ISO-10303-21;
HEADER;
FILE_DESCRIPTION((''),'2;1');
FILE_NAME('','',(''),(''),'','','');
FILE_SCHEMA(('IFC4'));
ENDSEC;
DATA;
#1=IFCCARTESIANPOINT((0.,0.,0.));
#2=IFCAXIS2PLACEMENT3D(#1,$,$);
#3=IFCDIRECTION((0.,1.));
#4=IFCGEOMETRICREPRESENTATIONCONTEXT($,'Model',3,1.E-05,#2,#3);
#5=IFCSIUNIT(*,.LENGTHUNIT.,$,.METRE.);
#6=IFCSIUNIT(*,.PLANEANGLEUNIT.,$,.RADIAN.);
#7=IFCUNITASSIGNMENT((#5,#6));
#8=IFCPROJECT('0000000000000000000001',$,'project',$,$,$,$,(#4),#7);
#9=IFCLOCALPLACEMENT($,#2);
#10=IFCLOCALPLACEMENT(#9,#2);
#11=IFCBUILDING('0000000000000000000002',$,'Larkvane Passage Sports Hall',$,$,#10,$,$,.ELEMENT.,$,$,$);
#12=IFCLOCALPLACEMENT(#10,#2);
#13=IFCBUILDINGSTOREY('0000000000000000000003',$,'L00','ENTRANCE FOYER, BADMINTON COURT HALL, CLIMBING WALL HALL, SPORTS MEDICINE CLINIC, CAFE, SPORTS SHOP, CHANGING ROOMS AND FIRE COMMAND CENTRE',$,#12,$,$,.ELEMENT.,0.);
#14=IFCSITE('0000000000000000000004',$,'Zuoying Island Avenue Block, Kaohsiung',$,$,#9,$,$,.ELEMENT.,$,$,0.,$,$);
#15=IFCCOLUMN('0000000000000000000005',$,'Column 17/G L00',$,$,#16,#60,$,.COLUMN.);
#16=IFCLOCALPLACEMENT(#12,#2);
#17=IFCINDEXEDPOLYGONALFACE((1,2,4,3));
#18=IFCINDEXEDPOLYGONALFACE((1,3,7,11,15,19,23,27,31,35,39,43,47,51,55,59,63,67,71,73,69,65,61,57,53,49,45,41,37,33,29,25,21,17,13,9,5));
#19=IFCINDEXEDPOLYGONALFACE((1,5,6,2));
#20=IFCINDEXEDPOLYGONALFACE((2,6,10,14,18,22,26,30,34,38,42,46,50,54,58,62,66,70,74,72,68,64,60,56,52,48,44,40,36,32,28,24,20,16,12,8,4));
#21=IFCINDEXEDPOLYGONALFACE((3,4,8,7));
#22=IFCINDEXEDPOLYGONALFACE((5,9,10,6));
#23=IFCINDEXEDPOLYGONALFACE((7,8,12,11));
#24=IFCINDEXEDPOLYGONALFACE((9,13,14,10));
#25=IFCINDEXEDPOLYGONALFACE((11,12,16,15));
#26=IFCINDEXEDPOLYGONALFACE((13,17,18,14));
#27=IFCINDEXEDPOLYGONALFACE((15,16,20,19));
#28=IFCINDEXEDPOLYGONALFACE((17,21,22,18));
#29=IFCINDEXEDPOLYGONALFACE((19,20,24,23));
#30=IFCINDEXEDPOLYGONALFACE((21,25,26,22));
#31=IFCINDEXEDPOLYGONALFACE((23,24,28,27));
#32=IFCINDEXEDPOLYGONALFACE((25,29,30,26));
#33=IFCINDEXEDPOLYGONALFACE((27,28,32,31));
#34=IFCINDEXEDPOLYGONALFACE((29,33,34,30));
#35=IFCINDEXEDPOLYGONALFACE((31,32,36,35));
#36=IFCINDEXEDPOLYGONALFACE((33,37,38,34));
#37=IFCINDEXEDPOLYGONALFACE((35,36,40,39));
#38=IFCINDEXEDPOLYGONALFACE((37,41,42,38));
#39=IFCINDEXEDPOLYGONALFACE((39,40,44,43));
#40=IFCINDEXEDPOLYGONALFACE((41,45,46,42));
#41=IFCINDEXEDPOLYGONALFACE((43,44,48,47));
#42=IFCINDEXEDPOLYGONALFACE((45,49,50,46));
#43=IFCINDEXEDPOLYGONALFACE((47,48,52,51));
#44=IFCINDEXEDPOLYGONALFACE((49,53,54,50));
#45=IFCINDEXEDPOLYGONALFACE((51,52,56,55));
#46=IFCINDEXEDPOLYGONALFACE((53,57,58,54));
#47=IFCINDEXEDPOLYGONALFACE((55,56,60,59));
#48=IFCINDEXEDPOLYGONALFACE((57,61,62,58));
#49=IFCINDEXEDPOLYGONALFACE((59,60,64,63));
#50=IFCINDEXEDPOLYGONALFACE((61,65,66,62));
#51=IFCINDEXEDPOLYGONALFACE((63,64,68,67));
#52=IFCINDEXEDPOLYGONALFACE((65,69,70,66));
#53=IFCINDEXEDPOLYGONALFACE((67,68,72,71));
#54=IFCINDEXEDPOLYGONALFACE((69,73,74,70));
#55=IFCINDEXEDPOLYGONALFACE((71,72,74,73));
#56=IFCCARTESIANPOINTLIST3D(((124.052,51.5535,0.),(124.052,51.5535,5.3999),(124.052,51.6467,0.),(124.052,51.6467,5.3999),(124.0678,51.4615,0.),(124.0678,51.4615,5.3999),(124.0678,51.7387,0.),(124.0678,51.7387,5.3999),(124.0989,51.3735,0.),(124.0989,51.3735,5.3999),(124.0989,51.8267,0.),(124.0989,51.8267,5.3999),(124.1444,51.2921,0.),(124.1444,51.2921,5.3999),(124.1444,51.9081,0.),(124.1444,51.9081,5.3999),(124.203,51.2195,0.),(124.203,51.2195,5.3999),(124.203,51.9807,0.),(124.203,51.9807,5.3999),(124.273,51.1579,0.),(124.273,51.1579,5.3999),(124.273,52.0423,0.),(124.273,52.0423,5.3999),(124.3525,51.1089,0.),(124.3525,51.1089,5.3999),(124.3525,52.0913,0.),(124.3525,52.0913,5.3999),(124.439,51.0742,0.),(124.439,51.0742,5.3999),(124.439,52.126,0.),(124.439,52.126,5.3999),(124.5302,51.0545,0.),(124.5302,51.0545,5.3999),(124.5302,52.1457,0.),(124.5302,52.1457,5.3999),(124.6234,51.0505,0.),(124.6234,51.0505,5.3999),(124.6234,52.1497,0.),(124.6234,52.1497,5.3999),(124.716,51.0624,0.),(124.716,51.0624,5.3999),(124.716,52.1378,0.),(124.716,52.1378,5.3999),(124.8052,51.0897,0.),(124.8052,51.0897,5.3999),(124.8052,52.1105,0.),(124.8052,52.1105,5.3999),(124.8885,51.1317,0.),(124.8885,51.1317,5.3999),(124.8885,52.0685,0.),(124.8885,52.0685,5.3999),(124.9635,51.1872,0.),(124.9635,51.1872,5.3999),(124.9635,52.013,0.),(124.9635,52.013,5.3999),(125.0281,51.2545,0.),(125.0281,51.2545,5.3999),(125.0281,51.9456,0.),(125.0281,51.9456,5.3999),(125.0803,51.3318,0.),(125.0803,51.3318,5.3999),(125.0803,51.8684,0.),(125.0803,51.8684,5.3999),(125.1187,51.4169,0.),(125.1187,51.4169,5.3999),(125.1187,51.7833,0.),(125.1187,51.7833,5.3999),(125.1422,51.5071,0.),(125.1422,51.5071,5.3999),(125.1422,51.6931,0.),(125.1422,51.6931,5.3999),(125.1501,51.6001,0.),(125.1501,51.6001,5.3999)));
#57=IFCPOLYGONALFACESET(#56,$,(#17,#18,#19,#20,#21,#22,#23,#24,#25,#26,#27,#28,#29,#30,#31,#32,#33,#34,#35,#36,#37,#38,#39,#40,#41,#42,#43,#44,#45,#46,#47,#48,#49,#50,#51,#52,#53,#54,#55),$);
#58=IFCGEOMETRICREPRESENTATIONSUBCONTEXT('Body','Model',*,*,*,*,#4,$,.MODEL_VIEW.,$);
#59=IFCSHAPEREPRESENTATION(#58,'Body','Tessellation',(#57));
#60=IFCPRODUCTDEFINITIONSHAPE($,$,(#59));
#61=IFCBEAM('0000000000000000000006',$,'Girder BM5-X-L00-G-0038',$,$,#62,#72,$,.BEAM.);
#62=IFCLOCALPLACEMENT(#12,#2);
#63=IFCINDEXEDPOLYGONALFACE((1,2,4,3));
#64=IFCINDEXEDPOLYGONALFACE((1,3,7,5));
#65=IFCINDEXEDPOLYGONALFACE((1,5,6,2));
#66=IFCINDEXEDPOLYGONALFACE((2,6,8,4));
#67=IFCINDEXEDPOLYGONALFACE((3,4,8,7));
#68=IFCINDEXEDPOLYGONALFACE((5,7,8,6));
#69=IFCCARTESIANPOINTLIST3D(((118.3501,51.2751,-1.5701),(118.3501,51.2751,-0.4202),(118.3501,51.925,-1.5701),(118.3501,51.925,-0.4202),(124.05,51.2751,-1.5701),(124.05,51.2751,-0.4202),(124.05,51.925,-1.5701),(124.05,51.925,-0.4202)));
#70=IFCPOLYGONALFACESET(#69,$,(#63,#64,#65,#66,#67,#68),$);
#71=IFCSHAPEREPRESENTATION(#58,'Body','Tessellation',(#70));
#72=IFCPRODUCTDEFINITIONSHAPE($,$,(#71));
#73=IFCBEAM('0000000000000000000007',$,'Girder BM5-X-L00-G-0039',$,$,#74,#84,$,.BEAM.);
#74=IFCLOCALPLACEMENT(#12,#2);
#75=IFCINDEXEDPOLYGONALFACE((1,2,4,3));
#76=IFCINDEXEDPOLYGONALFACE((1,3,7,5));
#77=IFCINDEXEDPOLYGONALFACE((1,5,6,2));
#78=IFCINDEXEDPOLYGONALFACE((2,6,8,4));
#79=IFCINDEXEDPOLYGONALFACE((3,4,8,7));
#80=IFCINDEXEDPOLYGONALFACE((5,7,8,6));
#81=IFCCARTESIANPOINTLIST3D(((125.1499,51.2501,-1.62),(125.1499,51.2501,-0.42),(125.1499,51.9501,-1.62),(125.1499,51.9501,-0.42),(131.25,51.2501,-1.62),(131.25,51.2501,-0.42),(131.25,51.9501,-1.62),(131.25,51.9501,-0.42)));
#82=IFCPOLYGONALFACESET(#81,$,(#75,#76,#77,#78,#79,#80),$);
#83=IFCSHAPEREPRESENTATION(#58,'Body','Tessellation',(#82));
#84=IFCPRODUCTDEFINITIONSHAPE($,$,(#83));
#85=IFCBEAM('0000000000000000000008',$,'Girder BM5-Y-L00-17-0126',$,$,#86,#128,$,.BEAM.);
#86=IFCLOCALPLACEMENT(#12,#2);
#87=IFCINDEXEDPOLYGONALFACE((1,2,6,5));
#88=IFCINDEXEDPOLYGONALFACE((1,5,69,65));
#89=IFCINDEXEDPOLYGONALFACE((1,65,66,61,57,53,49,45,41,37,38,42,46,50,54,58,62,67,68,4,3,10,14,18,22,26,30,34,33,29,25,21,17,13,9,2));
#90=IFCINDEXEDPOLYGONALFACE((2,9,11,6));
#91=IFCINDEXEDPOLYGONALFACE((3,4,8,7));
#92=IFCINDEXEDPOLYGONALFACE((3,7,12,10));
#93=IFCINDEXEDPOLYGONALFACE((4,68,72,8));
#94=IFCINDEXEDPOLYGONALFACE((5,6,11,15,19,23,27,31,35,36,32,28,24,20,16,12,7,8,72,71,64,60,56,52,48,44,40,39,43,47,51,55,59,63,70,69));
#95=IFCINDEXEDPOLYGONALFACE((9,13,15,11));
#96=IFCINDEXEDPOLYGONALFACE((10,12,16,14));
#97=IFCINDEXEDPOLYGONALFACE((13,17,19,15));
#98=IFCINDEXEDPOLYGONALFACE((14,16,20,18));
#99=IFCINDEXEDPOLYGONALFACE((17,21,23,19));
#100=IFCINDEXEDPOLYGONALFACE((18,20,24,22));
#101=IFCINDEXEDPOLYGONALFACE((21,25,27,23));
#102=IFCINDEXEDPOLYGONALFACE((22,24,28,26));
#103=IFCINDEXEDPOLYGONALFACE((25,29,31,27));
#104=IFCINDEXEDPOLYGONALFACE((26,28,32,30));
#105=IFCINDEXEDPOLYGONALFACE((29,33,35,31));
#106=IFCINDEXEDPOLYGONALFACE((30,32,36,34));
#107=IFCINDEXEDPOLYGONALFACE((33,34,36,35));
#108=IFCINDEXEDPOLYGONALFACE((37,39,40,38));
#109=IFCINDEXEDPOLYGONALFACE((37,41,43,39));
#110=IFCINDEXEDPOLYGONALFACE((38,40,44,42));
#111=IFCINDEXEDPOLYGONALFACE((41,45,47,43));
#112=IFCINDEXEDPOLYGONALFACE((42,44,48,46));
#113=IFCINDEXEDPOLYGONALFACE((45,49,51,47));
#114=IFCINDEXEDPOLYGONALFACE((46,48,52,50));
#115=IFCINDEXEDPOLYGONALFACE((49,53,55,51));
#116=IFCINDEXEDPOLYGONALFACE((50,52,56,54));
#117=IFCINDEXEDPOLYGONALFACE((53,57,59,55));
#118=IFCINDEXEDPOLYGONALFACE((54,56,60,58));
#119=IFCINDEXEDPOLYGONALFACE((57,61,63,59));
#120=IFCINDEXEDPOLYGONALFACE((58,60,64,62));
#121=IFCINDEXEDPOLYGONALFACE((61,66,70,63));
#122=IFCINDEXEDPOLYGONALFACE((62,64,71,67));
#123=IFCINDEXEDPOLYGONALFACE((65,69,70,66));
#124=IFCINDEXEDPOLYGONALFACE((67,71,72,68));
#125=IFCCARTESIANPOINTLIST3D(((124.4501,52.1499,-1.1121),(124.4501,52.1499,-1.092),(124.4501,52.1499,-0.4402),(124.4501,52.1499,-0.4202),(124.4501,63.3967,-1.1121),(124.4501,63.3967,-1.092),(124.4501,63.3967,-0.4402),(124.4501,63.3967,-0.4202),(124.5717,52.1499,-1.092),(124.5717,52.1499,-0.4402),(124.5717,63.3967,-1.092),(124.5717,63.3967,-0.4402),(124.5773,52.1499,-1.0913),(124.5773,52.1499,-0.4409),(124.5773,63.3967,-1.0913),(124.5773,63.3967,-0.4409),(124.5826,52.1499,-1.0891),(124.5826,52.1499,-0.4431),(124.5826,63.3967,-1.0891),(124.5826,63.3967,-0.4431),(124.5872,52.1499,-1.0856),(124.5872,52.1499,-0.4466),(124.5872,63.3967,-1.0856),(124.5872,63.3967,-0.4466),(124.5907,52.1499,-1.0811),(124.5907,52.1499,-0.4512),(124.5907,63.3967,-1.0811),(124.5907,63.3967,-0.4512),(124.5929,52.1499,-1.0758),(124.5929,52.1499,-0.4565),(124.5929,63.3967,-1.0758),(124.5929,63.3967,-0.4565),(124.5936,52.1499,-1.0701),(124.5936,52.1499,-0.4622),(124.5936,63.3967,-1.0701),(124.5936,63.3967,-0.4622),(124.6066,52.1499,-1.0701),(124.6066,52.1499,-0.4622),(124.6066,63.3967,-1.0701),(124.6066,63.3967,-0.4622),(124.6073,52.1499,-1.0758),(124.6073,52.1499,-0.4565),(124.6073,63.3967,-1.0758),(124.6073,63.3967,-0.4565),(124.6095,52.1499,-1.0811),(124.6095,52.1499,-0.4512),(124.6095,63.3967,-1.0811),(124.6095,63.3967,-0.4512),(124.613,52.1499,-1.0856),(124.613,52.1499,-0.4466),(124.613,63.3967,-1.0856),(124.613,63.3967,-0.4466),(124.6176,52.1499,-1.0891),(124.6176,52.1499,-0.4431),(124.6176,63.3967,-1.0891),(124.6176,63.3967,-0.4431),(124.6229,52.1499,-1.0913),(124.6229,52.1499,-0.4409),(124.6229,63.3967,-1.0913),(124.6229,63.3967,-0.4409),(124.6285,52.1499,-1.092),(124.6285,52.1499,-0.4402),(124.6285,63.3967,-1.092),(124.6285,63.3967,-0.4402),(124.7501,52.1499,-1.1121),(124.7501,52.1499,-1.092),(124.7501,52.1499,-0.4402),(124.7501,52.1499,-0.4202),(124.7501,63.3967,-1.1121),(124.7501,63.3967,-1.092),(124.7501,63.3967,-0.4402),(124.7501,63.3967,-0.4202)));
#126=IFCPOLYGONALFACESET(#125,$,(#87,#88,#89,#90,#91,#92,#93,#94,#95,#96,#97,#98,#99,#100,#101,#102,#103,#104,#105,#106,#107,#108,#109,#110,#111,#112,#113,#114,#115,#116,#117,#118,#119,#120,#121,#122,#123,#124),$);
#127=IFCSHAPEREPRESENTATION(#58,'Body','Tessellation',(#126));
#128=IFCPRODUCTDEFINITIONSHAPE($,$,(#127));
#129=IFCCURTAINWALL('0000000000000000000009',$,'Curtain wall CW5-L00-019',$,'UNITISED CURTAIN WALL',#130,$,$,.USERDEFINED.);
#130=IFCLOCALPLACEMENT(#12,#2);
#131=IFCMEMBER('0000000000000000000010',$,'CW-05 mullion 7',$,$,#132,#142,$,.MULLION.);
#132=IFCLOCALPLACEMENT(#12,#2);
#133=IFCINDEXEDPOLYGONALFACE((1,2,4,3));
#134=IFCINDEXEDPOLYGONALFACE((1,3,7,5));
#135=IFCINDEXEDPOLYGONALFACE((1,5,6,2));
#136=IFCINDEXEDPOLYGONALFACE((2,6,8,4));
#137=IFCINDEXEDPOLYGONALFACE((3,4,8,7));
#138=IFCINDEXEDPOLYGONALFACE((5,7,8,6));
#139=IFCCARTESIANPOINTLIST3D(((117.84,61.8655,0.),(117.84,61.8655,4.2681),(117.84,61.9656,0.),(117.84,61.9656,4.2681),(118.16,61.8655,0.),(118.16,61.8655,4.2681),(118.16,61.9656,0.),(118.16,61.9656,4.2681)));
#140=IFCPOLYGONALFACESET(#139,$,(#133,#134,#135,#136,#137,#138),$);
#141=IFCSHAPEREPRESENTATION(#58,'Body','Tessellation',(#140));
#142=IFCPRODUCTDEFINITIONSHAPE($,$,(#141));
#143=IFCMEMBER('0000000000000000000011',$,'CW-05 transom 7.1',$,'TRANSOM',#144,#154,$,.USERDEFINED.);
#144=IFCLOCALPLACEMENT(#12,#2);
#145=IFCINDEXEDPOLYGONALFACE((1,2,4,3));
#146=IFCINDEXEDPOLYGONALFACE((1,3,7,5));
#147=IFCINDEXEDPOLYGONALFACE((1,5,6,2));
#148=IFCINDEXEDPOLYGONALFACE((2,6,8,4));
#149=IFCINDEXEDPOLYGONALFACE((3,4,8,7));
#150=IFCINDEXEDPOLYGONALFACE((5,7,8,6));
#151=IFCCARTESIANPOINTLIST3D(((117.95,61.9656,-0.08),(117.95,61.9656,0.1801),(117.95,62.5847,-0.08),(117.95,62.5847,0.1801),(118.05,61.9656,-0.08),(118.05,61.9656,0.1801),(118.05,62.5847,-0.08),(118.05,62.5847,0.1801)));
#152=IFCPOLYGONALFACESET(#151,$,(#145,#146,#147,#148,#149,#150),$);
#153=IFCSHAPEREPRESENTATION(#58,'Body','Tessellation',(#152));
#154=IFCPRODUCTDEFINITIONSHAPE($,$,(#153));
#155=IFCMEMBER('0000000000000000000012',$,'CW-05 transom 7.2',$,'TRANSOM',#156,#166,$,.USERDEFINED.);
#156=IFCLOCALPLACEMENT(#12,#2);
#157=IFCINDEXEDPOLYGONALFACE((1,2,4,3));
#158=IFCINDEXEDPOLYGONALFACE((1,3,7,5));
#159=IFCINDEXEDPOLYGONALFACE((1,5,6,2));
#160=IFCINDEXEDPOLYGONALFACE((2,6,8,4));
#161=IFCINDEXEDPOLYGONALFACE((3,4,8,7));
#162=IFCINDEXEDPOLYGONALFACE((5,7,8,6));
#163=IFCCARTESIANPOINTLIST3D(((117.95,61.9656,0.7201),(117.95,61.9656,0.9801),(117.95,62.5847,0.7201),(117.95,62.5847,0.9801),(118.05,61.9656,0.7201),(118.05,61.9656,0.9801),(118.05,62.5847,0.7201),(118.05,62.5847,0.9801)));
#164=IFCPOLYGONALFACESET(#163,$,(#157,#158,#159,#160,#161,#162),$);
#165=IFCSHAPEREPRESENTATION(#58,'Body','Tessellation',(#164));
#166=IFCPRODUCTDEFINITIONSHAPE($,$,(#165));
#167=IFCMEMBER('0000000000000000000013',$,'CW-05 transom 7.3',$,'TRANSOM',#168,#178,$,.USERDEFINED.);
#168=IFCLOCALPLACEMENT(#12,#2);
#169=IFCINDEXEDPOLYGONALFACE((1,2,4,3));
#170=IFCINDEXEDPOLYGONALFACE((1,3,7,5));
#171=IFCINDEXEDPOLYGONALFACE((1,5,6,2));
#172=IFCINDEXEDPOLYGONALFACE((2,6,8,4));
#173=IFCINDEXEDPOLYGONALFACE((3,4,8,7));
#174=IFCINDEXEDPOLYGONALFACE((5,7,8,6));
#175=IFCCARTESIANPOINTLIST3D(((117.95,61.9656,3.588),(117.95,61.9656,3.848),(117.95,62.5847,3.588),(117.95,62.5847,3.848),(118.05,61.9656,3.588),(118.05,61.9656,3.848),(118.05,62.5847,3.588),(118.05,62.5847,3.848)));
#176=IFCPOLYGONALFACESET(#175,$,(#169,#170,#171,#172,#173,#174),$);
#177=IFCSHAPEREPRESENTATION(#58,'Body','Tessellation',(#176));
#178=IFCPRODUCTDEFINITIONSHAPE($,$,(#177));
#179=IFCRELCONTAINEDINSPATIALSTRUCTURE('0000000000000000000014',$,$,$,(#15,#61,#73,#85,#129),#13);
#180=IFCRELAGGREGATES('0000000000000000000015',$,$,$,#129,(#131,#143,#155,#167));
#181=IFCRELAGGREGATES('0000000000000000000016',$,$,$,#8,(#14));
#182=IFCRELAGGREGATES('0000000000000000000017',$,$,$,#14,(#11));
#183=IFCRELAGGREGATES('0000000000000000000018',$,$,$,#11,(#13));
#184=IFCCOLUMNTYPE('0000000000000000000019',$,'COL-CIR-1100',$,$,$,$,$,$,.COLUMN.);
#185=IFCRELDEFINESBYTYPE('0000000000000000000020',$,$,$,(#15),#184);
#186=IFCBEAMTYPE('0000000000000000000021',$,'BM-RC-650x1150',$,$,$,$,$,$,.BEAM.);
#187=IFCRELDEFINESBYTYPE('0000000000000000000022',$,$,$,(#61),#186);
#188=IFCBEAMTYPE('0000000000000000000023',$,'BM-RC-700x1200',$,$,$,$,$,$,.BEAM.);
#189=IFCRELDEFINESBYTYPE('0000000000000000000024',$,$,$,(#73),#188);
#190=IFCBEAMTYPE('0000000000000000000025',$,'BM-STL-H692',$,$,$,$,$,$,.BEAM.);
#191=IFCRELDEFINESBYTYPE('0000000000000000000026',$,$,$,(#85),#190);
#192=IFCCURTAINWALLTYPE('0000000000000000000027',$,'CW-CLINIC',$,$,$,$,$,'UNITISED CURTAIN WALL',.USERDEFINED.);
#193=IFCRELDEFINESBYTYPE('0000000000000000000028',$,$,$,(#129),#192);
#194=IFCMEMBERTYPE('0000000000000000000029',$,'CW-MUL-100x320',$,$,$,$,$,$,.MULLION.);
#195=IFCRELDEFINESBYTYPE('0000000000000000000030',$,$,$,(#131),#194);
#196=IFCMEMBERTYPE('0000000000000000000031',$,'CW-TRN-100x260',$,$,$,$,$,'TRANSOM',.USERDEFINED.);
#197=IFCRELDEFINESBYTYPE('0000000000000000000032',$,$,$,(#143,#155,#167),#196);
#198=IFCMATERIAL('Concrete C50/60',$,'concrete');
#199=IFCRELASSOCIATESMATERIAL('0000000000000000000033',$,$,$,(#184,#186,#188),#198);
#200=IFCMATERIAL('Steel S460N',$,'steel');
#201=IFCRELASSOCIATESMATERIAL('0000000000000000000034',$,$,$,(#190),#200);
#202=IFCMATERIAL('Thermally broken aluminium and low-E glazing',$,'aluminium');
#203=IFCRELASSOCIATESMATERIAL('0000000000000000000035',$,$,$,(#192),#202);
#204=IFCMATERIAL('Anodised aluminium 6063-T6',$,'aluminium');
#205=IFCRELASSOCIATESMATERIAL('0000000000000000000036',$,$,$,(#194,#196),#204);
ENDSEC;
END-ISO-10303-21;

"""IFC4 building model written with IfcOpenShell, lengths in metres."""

from ifc_helpers import new_model, si_unit, direction, frame, origin, origin_2d, place, context, subcontext, project, spatial, rectangle, circle, i_section, extrude, material, material_profile, profile_set, type_object, element, aggregate, save


model = new_model("IFC4")

# Units and contexts
model_context = context("Model", 3, precision=1e-05, world=origin(), true_north=direction((0.0, 1.0)))
body_context = subcontext(model_context, "Body", "Model", "MODEL_VIEW")
ifc_project = project(units=[si_unit("LENGTHUNIT", "METRE"), si_unit("PLANEANGLEUNIT", "RADIAN")], contexts=[model_context])

# Site, building, storey
site_placement = place(None, origin())
site = spatial("IfcSite", under=ifc_project, at=site_placement, Name="Zuoying Island Avenue Block, Kaohsiung", CompositionType="ELEMENT", RefElevation=0.0)
building_placement = place(site_placement, origin())
building = spatial("IfcBuilding", under=site, at=building_placement, Name="Larkvane Passage Sports Hall", CompositionType="ELEMENT")
storey_placement = place(building_placement, origin())
storey = spatial("IfcBuildingStorey", under=building, at=storey_placement, Name="L00", Description="ENTRANCE FOYER, BADMINTON COURT HALL, CLIMBING WALL HALL, SPORTS MEDICINE CLINIC, CAFE, SPORTS SHOP, CHANGING ROOMS AND FIRE COMMAND CENTRE", CompositionType="ELEMENT", Elevation=0.0)

# Column
ifc_material_1 = material(Name="Concrete C50/60", Category="concrete")
ifc_material_profile_1 = material_profile(ifc_material_1, circle(Radius=0.55, at=origin_2d()), Name="RC-CIR-1100")
ifc_profile_set_1 = profile_set([ifc_material_profile_1], Name="Concrete C50/60")
column_type = type_object("IfcColumnType", Name="COL-CIR-1100", PredefinedType="COLUMN", material=ifc_profile_set_1)
column_placement = place(storey_placement, frame((124.6001, 51.6001, 0.0), z_axis=(0.0, 0.0, 1.0), x_axis=(1.0, 0.0, 0.0)))
element("IfcColumn", 1, at=column_placement, inside=storey, type_object=column_type, Name="Column 17/G L00", PredefinedType="COLUMN", context=body_context, shape_type="SweptSolid", body=[
    extrude(circle(Radius=0.55, at=origin_2d()), origin(), (0.0, 0.0, 1.0), 5.3999),
])

# Beams
ifc_material_profile_2 = material_profile(ifc_material_1, rectangle(XDim=0.6499, YDim=1.1499, at=origin_2d()), Name="RC-BM-650x1150")
ifc_profile_set_2 = profile_set([ifc_material_profile_2], Name="Concrete C50/60")
beam_type_1 = type_object("IfcBeamType", Name="BM-RC-650x1150", PredefinedType="BEAM", material=ifc_profile_set_2)
beam_1_placement = place(storey_placement, frame((118.3501, 51.6001, -0.9951), z_axis=(1.0, 0.0, 0.0), x_axis=(0.0, 1.0, 0.0)))
element("IfcBeam", 2, at=beam_1_placement, inside=storey, type_object=beam_type_1, Name="Girder BM5-X-L00-G-0038", PredefinedType="BEAM", context=body_context, shape_type="SweptSolid", body=[
    extrude(rectangle(XDim=0.6499, YDim=1.1499, at=origin_2d()), origin(), (0.0, 0.0, 1.0), 5.7),
])
ifc_material_profile_3 = material_profile(ifc_material_1, rectangle(XDim=0.7, YDim=1.2, at=origin_2d()), Name="RC-BM-700x1200")
ifc_profile_set_3 = profile_set([ifc_material_profile_3], Name="Concrete C50/60")
beam_type_2 = type_object("IfcBeamType", Name="BM-RC-700x1200", PredefinedType="BEAM", material=ifc_profile_set_3)
beam_2_placement = place(storey_placement, frame((125.1499, 51.6001, -1.02), z_axis=(1.0, 0.0, 0.0), x_axis=(0.0, 1.0, 0.0)))
element("IfcBeam", 3, at=beam_2_placement, inside=storey, type_object=beam_type_2, Name="Girder BM5-X-L00-G-0039", PredefinedType="BEAM", context=body_context, shape_type="SweptSolid", body=[
    extrude(rectangle(XDim=0.7, YDim=1.2, at=origin_2d()), origin(), (0.0, 0.0, 1.0), 6.1001),
])
ifc_material_2 = material(Name="Steel S460N", Category="steel")
ifc_material_profile_4 = material_profile(ifc_material_2, i_section(OverallWidth=0.3, OverallDepth=0.6919, WebThickness=0.0129, FlangeThickness=0.02, FilletRadius=0.022, at=origin_2d()), Name="H-692x300x13x20")
ifc_profile_set_4 = profile_set([ifc_material_profile_4], Name="Steel S460N")
beam_type_3 = type_object("IfcBeamType", Name="BM-STL-H692", PredefinedType="BEAM", material=ifc_profile_set_4)
beam_3_placement = place(storey_placement, frame((124.6001, 52.1499, -0.7661), z_axis=(0.0, 1.0, 0.0), x_axis=(-1.0, 0.0, 0.0)))
element("IfcBeam", 4, at=beam_3_placement, inside=storey, type_object=beam_type_3, Name="Girder BM5-Y-L00-17-0126", PredefinedType="BEAM", context=body_context, shape_type="SweptSolid", body=[
    extrude(i_section(OverallWidth=0.3, OverallDepth=0.6919, WebThickness=0.0129, FlangeThickness=0.02, FilletRadius=0.022, at=origin_2d()), origin(), (0.0, 0.0, 1.0), 11.2468),
])

# Curtain wall, members
ifc_material_3 = material(Name="Thermally broken aluminium and low-E glazing", Category="aluminium")
curtain_wall_type = type_object("IfcCurtainWallType", Name="CW-CLINIC", ElementType="UNITISED CURTAIN WALL", PredefinedType="USERDEFINED", material=ifc_material_3)
curtain_wall_placement = place(storey_placement, origin())
curtain_wall = element("IfcCurtainWall", 5, at=curtain_wall_placement, inside=storey, type_object=curtain_wall_type, Name="Curtain wall CW5-L00-019", ObjectType="UNITISED CURTAIN WALL", PredefinedType="USERDEFINED")
ifc_material_4 = material(Name="Anodised aluminium 6063-T6", Category="aluminium")
ifc_material_profile_5 = material_profile(ifc_material_4, rectangle(XDim=0.1001, YDim=0.3201, at=origin_2d()), Name="ALU-MUL-100x320")
ifc_profile_set_5 = profile_set([ifc_material_profile_5], Name="Anodised aluminium 6063-T6")
member_type_1 = type_object("IfcMemberType", Name="CW-MUL-100x320", PredefinedType="MULLION", material=ifc_profile_set_5)
member_1_placement = place(storey_placement, frame((118.0, 61.9155, 0.0), z_axis=(0.0, 0.0, 1.0), x_axis=(0.0, 1.0, 0.0)))
member_1 = element("IfcMember", 6, at=member_1_placement, type_object=member_type_1, Name="CW-05 mullion 7", PredefinedType="MULLION", context=body_context, shape_type="SweptSolid", body=[
    extrude(rectangle(XDim=0.1001, YDim=0.3201, at=origin_2d()), origin(), (0.0, 0.0, 1.0), 4.2681),
])
ifc_material_profile_6 = material_profile(ifc_material_4, rectangle(XDim=0.1001, YDim=0.26, at=origin_2d()), Name="ALU-TRN-100x260")
ifc_profile_set_6 = profile_set([ifc_material_profile_6], Name="Anodised aluminium 6063-T6")
member_type_2 = type_object("IfcMemberType", Name="CW-TRN-100x260", ElementType="TRANSOM", PredefinedType="USERDEFINED", material=ifc_profile_set_6)
member_2_placement = place(storey_placement, frame((118.0, 61.9656, 0.05), z_axis=(0.0, 1.0, 0.0), x_axis=(-1.0, 0.0, 0.0)))
member_2 = element("IfcMember", 7, at=member_2_placement, type_object=member_type_2, Name="CW-05 transom 7.1", ObjectType="TRANSOM", PredefinedType="USERDEFINED", context=body_context, shape_type="SweptSolid", body=[
    extrude(rectangle(XDim=0.1001, YDim=0.26, at=origin_2d()), origin(), (0.0, 0.0, 1.0), 0.6191),
])
member_3_placement = place(storey_placement, frame((118.0, 61.9656, 0.8501), z_axis=(0.0, 1.0, 0.0), x_axis=(-1.0, 0.0, 0.0)))
member_3 = element("IfcMember", 8, at=member_3_placement, type_object=member_type_2, Name="CW-05 transom 7.2", ObjectType="TRANSOM", PredefinedType="USERDEFINED", context=body_context, shape_type="SweptSolid", body=[
    extrude(rectangle(XDim=0.1001, YDim=0.26, at=origin_2d()), origin(), (0.0, 0.0, 1.0), 0.6191),
])
member_4_placement = place(storey_placement, frame((118.0, 61.9656, 3.718), z_axis=(0.0, 1.0, 0.0), x_axis=(-1.0, 0.0, 0.0)))
member_4 = element("IfcMember", 9, at=member_4_placement, type_object=member_type_2, Name="CW-05 transom 7.3", ObjectType="TRANSOM", PredefinedType="USERDEFINED", context=body_context, shape_type="SweptSolid", body=[
    extrude(rectangle(XDim=0.1001, YDim=0.26, at=origin_2d()), origin(), (0.0, 0.0, 1.0), 0.6191),
])

aggregate(curtain_wall, [member_1, member_2, member_3, member_4])

save(model, "model.ifc")
